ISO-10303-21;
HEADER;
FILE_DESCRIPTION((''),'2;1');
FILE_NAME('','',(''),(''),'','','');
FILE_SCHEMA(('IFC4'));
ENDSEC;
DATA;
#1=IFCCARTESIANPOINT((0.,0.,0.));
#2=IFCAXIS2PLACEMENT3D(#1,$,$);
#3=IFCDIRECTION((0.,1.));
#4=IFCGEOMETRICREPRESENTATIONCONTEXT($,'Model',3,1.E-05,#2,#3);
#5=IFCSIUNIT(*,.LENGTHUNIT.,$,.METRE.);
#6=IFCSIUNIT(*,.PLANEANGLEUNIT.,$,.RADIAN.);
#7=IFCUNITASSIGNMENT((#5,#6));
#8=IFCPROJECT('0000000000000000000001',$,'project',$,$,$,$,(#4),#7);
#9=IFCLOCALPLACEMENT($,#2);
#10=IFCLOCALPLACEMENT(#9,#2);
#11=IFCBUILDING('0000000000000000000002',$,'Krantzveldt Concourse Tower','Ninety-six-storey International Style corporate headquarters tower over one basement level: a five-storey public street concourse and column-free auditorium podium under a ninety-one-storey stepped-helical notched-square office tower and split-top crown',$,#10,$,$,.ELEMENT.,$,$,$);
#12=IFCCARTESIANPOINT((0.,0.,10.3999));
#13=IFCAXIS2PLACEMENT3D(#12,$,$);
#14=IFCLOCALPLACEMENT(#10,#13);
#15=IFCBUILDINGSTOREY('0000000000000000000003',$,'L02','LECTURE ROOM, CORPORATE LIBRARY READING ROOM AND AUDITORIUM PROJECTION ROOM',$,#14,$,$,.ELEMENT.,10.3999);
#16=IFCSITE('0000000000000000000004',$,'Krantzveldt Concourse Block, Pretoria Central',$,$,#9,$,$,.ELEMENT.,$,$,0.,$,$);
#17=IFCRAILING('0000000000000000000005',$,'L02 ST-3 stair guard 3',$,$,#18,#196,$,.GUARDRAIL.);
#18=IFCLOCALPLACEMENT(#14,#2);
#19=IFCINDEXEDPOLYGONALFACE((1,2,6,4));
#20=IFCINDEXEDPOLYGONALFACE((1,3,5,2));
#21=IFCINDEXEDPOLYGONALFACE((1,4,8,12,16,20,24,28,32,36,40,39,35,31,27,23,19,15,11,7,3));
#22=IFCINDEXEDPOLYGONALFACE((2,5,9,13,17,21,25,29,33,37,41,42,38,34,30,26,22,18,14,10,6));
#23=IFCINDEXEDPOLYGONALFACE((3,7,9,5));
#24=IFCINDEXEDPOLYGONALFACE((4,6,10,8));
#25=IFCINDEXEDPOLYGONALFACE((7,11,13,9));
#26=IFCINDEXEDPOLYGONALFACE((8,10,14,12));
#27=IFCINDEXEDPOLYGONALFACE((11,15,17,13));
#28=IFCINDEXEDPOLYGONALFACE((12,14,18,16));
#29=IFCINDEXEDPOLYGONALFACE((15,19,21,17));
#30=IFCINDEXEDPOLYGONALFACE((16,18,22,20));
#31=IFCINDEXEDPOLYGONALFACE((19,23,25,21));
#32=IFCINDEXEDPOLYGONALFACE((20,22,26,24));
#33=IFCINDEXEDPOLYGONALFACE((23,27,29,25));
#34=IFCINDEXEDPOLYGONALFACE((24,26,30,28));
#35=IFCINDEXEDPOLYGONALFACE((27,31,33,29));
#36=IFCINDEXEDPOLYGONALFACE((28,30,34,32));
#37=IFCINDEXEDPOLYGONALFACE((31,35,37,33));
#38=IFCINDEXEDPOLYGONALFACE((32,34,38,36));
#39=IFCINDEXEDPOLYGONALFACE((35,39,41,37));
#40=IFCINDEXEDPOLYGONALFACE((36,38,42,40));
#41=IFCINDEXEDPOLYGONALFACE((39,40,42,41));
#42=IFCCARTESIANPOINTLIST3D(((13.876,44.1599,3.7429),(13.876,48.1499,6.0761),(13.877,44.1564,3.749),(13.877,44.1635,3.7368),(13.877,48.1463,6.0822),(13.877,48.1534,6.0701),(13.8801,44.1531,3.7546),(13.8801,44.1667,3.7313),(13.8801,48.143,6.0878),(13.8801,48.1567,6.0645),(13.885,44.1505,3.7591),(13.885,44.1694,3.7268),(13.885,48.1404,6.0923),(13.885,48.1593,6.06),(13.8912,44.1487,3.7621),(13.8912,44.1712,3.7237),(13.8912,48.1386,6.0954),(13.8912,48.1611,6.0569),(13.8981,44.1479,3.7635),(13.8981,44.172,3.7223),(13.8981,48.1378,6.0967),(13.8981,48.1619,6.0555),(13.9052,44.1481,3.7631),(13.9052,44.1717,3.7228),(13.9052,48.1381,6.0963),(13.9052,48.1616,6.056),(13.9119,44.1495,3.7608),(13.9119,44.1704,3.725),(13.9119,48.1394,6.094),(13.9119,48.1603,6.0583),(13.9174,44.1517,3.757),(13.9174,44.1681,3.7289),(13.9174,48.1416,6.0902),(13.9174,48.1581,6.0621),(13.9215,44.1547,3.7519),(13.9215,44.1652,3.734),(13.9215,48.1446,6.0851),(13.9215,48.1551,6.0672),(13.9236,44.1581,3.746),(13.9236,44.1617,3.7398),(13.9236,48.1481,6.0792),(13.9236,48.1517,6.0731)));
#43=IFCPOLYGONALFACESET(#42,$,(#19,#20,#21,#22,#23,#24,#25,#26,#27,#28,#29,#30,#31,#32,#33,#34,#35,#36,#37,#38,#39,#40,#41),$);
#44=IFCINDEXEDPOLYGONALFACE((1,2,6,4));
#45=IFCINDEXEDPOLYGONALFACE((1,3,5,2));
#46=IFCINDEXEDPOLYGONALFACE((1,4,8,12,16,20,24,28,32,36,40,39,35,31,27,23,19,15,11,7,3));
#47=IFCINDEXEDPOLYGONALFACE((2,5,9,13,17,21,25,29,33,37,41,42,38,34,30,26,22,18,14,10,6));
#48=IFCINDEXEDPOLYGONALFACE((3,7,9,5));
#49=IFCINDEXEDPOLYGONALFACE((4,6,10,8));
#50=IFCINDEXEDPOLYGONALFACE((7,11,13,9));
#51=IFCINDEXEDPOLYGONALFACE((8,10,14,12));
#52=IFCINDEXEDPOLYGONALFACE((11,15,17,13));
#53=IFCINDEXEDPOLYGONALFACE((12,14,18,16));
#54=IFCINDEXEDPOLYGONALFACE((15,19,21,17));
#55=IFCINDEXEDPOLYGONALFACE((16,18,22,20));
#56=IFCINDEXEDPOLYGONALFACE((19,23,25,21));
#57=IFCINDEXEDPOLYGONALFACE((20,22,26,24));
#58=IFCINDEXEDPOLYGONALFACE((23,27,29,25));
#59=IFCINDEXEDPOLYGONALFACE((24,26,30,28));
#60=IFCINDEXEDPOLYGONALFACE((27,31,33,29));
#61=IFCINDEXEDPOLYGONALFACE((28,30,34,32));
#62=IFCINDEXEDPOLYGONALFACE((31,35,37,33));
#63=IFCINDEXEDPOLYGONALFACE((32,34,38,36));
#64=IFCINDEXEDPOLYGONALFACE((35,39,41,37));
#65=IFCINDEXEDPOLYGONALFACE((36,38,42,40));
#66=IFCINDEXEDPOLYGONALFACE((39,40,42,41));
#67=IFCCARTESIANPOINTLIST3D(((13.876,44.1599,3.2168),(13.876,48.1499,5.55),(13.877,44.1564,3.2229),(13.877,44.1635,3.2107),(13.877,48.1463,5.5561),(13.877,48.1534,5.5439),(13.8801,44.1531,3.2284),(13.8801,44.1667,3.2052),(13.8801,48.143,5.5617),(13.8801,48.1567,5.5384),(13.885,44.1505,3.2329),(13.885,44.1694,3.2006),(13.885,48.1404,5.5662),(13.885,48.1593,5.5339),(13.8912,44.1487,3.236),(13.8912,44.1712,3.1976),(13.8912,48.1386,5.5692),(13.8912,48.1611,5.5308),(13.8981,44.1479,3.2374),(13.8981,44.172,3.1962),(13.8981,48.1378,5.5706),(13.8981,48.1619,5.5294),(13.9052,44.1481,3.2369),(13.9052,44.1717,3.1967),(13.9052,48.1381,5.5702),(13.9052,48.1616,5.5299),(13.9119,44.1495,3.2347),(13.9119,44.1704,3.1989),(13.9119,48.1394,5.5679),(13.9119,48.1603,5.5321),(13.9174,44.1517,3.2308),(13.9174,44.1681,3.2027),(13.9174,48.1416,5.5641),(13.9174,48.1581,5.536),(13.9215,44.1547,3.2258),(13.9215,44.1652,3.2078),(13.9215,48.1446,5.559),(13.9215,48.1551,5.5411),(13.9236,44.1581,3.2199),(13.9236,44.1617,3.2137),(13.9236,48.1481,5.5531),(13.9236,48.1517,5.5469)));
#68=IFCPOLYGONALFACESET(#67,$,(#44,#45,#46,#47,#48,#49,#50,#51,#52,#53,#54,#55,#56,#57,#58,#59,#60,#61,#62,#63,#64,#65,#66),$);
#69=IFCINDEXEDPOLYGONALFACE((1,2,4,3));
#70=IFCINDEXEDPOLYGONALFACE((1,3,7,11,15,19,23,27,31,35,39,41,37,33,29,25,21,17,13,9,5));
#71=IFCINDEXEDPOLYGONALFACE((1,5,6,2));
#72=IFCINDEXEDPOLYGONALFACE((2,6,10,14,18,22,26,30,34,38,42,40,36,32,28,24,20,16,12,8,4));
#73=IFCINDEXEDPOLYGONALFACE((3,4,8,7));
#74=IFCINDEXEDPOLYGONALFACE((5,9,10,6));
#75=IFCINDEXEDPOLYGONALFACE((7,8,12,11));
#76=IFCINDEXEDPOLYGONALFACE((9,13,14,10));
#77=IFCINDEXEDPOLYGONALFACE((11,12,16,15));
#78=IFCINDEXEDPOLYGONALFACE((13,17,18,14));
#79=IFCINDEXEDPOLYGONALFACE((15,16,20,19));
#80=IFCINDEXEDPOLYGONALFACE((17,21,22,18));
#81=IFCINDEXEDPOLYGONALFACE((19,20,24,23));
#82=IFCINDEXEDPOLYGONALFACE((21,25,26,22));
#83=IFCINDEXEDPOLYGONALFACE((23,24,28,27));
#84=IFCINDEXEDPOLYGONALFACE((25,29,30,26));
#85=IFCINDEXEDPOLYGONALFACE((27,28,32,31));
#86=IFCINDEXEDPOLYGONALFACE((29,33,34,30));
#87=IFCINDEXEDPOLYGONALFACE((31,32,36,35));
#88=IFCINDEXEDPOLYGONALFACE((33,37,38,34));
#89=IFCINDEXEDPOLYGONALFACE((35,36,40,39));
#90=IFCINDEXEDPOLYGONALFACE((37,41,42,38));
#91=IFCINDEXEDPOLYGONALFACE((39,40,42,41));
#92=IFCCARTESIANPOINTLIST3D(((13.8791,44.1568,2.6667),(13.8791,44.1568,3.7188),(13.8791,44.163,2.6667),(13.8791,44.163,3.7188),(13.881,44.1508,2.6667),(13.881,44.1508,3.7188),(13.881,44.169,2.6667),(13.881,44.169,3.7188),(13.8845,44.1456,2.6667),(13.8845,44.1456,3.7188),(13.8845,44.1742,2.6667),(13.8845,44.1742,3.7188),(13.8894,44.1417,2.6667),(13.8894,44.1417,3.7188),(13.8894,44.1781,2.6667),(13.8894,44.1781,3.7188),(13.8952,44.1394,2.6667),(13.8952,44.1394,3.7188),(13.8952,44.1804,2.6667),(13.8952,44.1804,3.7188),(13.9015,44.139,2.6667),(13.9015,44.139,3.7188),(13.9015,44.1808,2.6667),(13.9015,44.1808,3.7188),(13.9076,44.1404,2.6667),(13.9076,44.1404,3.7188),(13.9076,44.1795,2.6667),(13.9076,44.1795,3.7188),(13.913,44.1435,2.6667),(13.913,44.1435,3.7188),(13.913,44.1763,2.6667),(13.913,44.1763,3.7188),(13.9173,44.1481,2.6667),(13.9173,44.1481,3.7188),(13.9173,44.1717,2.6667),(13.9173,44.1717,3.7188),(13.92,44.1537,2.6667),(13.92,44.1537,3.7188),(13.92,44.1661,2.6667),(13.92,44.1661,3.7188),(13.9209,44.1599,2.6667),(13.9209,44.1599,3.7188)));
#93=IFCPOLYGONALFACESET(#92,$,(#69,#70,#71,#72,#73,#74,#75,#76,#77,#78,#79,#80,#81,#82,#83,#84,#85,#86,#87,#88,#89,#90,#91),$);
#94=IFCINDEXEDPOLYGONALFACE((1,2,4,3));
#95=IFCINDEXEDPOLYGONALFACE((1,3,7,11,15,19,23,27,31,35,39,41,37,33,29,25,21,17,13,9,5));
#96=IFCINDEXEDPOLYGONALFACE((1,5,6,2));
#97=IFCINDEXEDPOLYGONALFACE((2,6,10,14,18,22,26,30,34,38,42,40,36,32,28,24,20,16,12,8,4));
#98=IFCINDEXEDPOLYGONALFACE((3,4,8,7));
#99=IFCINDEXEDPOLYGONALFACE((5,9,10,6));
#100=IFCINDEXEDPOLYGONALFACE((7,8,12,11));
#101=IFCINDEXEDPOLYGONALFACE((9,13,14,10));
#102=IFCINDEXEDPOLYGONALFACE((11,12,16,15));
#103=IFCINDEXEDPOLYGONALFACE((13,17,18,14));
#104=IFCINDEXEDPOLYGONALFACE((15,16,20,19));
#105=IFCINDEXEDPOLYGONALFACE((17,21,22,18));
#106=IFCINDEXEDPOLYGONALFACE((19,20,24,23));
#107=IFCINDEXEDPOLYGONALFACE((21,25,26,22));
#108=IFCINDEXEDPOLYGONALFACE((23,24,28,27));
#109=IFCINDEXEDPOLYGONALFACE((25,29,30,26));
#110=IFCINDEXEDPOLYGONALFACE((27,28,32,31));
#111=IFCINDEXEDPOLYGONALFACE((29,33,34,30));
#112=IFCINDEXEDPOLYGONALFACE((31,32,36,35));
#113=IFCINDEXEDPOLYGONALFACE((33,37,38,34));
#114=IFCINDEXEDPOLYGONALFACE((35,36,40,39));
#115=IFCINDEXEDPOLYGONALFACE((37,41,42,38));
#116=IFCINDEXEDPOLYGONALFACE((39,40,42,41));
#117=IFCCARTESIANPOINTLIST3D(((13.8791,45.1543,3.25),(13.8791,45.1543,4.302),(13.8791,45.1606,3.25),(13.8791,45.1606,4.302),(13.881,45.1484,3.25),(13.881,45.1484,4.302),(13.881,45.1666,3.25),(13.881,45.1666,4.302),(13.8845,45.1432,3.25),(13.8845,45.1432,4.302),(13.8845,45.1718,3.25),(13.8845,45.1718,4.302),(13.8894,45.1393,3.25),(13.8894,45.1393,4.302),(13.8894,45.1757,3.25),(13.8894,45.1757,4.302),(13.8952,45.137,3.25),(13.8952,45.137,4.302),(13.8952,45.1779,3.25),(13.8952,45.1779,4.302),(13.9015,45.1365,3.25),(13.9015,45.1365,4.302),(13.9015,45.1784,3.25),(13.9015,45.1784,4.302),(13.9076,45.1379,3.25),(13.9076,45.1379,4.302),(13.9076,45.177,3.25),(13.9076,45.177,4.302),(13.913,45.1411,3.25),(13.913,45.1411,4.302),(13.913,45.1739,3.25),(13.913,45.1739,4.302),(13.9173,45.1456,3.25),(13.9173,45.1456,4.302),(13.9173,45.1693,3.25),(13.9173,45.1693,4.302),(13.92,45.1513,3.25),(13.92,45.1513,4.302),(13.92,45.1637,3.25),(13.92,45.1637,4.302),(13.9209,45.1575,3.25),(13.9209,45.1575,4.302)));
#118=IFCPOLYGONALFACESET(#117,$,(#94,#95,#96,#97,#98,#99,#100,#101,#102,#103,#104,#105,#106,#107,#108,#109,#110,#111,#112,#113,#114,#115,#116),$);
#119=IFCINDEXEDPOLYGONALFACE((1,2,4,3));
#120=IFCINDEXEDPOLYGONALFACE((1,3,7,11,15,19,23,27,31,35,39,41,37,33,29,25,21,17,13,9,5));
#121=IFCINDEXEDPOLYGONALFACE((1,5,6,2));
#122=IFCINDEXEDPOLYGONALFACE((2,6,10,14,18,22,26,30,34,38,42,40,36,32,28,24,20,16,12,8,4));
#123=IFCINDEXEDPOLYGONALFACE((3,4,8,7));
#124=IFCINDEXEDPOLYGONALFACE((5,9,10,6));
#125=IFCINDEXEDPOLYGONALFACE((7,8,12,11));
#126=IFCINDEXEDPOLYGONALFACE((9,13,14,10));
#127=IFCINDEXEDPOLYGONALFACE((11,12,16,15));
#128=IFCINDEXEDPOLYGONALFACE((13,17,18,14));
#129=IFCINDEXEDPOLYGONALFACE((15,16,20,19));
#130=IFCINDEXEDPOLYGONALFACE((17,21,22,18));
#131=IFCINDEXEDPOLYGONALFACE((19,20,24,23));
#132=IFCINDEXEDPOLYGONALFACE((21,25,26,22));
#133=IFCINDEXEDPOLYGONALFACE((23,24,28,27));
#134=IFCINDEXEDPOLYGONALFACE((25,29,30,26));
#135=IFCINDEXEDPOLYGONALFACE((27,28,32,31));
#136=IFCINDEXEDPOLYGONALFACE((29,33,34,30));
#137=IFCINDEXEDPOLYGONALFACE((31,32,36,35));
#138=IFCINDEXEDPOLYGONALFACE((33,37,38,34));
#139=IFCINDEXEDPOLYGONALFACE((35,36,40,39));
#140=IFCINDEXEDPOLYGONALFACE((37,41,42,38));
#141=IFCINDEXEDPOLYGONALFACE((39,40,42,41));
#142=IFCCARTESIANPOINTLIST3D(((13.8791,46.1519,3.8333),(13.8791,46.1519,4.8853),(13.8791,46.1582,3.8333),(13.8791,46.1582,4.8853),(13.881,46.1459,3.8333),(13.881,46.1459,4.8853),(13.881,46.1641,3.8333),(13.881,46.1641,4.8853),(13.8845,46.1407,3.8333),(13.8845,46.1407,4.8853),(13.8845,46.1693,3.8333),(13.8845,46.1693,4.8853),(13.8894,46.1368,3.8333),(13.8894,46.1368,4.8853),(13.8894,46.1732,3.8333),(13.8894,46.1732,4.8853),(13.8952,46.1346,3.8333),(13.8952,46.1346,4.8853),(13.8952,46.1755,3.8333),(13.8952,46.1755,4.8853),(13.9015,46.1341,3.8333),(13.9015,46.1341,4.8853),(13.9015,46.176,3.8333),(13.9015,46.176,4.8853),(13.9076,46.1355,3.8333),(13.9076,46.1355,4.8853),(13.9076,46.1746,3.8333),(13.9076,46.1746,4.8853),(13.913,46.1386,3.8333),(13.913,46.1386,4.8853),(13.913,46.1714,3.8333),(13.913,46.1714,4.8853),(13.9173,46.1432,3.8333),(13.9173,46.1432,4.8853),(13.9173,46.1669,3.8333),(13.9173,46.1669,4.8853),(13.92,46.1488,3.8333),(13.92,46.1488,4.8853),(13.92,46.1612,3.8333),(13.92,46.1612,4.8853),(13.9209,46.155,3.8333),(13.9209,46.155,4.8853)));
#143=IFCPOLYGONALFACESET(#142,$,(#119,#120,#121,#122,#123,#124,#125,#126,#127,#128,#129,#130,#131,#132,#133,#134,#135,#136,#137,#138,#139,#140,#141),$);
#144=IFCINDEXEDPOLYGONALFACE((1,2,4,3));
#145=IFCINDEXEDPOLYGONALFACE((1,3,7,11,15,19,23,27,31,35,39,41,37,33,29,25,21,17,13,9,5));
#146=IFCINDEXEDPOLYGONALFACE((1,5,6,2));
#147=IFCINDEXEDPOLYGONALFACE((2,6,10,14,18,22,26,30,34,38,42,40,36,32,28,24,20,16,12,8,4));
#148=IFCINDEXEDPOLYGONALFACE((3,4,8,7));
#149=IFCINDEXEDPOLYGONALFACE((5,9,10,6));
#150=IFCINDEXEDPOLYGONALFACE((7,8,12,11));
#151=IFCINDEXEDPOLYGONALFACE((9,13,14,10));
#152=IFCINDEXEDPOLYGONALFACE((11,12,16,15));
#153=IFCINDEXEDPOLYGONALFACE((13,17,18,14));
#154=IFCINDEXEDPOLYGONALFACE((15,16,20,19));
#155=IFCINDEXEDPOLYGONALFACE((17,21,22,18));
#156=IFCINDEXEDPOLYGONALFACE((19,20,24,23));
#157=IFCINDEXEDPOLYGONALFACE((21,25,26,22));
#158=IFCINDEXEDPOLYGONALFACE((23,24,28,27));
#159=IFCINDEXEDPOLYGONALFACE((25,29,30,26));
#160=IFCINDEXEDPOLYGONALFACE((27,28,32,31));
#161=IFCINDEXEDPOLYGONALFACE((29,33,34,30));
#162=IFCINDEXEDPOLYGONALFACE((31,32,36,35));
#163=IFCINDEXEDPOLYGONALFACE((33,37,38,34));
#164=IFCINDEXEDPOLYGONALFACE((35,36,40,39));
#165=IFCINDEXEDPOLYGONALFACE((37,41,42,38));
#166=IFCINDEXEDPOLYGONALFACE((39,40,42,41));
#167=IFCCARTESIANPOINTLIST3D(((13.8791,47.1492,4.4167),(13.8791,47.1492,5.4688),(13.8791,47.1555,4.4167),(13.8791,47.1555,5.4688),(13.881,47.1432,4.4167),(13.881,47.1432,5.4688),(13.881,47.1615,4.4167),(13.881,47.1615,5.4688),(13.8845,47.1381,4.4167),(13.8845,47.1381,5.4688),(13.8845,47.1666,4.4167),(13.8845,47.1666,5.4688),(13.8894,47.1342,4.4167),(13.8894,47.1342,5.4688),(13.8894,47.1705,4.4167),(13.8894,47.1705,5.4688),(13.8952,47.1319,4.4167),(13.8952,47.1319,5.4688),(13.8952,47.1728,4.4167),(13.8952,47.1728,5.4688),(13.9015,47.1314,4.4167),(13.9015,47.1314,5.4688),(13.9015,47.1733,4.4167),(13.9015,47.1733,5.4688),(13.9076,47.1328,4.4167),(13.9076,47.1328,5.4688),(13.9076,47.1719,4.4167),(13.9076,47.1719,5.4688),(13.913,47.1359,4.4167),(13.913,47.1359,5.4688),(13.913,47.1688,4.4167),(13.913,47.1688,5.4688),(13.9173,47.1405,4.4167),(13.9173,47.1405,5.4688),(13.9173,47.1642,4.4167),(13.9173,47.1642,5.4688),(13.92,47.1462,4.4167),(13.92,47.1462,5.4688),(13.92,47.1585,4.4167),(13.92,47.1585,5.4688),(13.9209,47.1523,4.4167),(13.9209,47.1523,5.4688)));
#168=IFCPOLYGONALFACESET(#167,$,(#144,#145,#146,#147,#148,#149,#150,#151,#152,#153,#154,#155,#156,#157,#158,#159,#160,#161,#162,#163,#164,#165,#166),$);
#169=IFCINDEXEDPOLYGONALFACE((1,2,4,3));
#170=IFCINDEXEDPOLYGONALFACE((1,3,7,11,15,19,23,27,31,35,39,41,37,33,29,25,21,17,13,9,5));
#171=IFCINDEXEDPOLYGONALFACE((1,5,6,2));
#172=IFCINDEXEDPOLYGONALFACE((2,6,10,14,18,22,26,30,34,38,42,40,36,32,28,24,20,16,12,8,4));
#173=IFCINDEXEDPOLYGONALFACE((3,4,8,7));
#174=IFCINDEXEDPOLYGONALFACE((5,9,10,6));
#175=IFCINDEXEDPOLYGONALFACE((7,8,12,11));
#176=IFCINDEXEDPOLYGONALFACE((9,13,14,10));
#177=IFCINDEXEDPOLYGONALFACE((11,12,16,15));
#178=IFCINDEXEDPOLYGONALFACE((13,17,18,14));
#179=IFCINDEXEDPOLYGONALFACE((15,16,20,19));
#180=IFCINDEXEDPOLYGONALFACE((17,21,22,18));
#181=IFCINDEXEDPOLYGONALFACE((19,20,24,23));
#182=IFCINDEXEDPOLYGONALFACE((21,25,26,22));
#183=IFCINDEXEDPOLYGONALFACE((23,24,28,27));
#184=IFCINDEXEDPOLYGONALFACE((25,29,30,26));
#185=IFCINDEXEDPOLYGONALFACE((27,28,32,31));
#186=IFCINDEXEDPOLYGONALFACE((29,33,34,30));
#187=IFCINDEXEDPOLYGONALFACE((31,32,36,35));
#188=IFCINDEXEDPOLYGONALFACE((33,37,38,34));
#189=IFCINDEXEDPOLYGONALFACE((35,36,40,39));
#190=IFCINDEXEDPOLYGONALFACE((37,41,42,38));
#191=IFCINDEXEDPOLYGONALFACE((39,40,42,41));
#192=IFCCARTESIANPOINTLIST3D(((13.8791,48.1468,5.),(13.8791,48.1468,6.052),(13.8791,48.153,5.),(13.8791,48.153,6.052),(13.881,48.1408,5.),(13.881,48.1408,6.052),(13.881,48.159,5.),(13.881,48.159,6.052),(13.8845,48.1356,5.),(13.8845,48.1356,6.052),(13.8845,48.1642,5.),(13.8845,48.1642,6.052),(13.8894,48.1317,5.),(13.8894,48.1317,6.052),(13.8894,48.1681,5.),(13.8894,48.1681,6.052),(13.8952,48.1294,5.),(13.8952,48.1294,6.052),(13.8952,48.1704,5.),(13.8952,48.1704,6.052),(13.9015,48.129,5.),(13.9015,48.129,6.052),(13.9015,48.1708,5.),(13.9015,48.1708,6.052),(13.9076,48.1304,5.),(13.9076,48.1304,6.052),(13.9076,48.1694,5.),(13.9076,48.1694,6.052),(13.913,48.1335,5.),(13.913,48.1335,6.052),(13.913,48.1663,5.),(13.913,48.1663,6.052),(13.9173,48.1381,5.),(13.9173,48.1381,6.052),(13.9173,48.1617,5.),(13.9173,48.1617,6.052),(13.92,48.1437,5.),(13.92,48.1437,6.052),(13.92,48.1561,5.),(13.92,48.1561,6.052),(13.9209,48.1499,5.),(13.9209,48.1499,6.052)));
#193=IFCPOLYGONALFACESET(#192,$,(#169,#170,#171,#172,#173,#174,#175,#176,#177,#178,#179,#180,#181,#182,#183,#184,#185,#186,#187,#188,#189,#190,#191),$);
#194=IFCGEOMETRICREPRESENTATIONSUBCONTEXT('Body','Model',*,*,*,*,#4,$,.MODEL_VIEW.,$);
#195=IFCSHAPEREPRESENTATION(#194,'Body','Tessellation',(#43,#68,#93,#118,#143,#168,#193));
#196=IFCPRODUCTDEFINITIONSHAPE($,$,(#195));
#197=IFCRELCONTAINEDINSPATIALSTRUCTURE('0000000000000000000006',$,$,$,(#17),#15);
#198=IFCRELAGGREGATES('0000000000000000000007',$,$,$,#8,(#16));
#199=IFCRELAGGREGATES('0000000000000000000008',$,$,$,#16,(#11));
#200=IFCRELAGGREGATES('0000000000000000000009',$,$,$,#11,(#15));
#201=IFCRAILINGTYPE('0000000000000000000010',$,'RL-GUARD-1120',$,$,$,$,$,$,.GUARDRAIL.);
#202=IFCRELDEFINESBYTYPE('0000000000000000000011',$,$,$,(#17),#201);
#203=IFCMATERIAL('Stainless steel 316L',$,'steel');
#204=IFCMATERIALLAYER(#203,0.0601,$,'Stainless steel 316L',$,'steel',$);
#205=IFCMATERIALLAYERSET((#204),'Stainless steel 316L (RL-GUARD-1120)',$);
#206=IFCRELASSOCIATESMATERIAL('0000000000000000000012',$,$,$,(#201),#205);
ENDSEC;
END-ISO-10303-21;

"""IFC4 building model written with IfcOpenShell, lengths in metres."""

from ifc_helpers import new_model, si_unit, direction, frame, origin, origin_2d, place, context, subcontext, project, spatial, circle, extrude, material, layer, layer_set, type_object, element, save


model = new_model("IFC4")

# Units and contexts
model_context = context("Model", 3, precision=1e-05, world=origin(), true_north=direction((0.0, 1.0)))
body_context = subcontext(model_context, "Body", "Model", "MODEL_VIEW")
ifc_project = project(units=[si_unit("LENGTHUNIT", "METRE"), si_unit("PLANEANGLEUNIT", "RADIAN")], contexts=[model_context])

# Site, building, storey
site_placement = place(None, origin())
site = spatial("IfcSite", under=ifc_project, at=site_placement, Name="Krantzveldt Concourse Block, Pretoria Central", CompositionType="ELEMENT", RefElevation=0.0)
building_placement = place(site_placement, origin())
building = spatial("IfcBuilding", under=site, at=building_placement, Name="Krantzveldt Concourse Tower", Description="Ninety-six-storey International Style corporate headquarters tower over one basement level: a five-storey public street concourse and column-free auditorium podium under a ninety-one-storey stepped-helical notched-square office tower and split-top crown", CompositionType="ELEMENT")
storey_placement = place(building_placement, frame((0.0, 0.0, 10.3999)))
storey = spatial("IfcBuildingStorey", under=building, at=storey_placement, Name="L02", Description="LECTURE ROOM, CORPORATE LIBRARY READING ROOM AND AUDITORIUM PROJECTION ROOM", CompositionType="ELEMENT", Elevation=10.3999)

# Railing
ifc_material_1 = material(Name="Stainless steel 316L", Category="steel")
ifc_layer_1 = layer(ifc_material_1, 0.0601, Name="Stainless steel 316L", Category="steel")
ifc_layer_set_1 = layer_set([ifc_layer_1], Name="Stainless steel 316L (RL-GUARD-1120)")
railing_type_1 = type_object("IfcRailingType", Name="RL-GUARD-1120", PredefinedType="GUARDRAIL", material=ifc_layer_set_1)
railing_1_placement = place(storey_placement, frame((13.8999, 44.1599, 2.6667)))
element("IfcRailing", 1, at=railing_1_placement, inside=storey, type_object=railing_type_1, Name="L02 ST-3 stair guard 3", PredefinedType="GUARDRAIL", context=body_context, shape_type="SweptSolid", body=[
    extrude(circle(Radius=0.0239, at=origin_2d()), frame((0.0, 0.0, 1.0762), z_axis=(0.0, 0.863236, 0.5048), x_axis=(-1.0, 0.0, 0.0)), (0.0, 0.0, 1.0), 4.6221),
    extrude(circle(Radius=0.0239, at=origin_2d()), frame((0.0, 0.0, 0.55), z_axis=(0.0, 0.863236, 0.5048), x_axis=(-1.0, 0.0, 0.0)), (0.0, 0.0, 1.0), 4.6221),
    extrude(circle(Radius=0.021, at=origin_2d()), origin(), (0.0, 0.0, 1.0), 1.052),
    extrude(circle(Radius=0.021, at=origin_2d()), frame((0.0, 0.9976, 0.5833)), (0.0, 0.0, 1.0), 1.052),
    extrude(circle(Radius=0.021, at=origin_2d()), frame((0.0, 1.9951, 1.1665)), (0.0, 0.0, 1.0), 1.052),
    extrude(circle(Radius=0.021, at=origin_2d()), frame((0.0, 2.9924, 1.75)), (0.0, 0.0, 1.0), 1.052),
    extrude(circle(Radius=0.021, at=origin_2d()), frame((0.0, 3.99, 2.3333)), (0.0, 0.0, 1.0), 1.052),
])

save(model, "model.ifc")
